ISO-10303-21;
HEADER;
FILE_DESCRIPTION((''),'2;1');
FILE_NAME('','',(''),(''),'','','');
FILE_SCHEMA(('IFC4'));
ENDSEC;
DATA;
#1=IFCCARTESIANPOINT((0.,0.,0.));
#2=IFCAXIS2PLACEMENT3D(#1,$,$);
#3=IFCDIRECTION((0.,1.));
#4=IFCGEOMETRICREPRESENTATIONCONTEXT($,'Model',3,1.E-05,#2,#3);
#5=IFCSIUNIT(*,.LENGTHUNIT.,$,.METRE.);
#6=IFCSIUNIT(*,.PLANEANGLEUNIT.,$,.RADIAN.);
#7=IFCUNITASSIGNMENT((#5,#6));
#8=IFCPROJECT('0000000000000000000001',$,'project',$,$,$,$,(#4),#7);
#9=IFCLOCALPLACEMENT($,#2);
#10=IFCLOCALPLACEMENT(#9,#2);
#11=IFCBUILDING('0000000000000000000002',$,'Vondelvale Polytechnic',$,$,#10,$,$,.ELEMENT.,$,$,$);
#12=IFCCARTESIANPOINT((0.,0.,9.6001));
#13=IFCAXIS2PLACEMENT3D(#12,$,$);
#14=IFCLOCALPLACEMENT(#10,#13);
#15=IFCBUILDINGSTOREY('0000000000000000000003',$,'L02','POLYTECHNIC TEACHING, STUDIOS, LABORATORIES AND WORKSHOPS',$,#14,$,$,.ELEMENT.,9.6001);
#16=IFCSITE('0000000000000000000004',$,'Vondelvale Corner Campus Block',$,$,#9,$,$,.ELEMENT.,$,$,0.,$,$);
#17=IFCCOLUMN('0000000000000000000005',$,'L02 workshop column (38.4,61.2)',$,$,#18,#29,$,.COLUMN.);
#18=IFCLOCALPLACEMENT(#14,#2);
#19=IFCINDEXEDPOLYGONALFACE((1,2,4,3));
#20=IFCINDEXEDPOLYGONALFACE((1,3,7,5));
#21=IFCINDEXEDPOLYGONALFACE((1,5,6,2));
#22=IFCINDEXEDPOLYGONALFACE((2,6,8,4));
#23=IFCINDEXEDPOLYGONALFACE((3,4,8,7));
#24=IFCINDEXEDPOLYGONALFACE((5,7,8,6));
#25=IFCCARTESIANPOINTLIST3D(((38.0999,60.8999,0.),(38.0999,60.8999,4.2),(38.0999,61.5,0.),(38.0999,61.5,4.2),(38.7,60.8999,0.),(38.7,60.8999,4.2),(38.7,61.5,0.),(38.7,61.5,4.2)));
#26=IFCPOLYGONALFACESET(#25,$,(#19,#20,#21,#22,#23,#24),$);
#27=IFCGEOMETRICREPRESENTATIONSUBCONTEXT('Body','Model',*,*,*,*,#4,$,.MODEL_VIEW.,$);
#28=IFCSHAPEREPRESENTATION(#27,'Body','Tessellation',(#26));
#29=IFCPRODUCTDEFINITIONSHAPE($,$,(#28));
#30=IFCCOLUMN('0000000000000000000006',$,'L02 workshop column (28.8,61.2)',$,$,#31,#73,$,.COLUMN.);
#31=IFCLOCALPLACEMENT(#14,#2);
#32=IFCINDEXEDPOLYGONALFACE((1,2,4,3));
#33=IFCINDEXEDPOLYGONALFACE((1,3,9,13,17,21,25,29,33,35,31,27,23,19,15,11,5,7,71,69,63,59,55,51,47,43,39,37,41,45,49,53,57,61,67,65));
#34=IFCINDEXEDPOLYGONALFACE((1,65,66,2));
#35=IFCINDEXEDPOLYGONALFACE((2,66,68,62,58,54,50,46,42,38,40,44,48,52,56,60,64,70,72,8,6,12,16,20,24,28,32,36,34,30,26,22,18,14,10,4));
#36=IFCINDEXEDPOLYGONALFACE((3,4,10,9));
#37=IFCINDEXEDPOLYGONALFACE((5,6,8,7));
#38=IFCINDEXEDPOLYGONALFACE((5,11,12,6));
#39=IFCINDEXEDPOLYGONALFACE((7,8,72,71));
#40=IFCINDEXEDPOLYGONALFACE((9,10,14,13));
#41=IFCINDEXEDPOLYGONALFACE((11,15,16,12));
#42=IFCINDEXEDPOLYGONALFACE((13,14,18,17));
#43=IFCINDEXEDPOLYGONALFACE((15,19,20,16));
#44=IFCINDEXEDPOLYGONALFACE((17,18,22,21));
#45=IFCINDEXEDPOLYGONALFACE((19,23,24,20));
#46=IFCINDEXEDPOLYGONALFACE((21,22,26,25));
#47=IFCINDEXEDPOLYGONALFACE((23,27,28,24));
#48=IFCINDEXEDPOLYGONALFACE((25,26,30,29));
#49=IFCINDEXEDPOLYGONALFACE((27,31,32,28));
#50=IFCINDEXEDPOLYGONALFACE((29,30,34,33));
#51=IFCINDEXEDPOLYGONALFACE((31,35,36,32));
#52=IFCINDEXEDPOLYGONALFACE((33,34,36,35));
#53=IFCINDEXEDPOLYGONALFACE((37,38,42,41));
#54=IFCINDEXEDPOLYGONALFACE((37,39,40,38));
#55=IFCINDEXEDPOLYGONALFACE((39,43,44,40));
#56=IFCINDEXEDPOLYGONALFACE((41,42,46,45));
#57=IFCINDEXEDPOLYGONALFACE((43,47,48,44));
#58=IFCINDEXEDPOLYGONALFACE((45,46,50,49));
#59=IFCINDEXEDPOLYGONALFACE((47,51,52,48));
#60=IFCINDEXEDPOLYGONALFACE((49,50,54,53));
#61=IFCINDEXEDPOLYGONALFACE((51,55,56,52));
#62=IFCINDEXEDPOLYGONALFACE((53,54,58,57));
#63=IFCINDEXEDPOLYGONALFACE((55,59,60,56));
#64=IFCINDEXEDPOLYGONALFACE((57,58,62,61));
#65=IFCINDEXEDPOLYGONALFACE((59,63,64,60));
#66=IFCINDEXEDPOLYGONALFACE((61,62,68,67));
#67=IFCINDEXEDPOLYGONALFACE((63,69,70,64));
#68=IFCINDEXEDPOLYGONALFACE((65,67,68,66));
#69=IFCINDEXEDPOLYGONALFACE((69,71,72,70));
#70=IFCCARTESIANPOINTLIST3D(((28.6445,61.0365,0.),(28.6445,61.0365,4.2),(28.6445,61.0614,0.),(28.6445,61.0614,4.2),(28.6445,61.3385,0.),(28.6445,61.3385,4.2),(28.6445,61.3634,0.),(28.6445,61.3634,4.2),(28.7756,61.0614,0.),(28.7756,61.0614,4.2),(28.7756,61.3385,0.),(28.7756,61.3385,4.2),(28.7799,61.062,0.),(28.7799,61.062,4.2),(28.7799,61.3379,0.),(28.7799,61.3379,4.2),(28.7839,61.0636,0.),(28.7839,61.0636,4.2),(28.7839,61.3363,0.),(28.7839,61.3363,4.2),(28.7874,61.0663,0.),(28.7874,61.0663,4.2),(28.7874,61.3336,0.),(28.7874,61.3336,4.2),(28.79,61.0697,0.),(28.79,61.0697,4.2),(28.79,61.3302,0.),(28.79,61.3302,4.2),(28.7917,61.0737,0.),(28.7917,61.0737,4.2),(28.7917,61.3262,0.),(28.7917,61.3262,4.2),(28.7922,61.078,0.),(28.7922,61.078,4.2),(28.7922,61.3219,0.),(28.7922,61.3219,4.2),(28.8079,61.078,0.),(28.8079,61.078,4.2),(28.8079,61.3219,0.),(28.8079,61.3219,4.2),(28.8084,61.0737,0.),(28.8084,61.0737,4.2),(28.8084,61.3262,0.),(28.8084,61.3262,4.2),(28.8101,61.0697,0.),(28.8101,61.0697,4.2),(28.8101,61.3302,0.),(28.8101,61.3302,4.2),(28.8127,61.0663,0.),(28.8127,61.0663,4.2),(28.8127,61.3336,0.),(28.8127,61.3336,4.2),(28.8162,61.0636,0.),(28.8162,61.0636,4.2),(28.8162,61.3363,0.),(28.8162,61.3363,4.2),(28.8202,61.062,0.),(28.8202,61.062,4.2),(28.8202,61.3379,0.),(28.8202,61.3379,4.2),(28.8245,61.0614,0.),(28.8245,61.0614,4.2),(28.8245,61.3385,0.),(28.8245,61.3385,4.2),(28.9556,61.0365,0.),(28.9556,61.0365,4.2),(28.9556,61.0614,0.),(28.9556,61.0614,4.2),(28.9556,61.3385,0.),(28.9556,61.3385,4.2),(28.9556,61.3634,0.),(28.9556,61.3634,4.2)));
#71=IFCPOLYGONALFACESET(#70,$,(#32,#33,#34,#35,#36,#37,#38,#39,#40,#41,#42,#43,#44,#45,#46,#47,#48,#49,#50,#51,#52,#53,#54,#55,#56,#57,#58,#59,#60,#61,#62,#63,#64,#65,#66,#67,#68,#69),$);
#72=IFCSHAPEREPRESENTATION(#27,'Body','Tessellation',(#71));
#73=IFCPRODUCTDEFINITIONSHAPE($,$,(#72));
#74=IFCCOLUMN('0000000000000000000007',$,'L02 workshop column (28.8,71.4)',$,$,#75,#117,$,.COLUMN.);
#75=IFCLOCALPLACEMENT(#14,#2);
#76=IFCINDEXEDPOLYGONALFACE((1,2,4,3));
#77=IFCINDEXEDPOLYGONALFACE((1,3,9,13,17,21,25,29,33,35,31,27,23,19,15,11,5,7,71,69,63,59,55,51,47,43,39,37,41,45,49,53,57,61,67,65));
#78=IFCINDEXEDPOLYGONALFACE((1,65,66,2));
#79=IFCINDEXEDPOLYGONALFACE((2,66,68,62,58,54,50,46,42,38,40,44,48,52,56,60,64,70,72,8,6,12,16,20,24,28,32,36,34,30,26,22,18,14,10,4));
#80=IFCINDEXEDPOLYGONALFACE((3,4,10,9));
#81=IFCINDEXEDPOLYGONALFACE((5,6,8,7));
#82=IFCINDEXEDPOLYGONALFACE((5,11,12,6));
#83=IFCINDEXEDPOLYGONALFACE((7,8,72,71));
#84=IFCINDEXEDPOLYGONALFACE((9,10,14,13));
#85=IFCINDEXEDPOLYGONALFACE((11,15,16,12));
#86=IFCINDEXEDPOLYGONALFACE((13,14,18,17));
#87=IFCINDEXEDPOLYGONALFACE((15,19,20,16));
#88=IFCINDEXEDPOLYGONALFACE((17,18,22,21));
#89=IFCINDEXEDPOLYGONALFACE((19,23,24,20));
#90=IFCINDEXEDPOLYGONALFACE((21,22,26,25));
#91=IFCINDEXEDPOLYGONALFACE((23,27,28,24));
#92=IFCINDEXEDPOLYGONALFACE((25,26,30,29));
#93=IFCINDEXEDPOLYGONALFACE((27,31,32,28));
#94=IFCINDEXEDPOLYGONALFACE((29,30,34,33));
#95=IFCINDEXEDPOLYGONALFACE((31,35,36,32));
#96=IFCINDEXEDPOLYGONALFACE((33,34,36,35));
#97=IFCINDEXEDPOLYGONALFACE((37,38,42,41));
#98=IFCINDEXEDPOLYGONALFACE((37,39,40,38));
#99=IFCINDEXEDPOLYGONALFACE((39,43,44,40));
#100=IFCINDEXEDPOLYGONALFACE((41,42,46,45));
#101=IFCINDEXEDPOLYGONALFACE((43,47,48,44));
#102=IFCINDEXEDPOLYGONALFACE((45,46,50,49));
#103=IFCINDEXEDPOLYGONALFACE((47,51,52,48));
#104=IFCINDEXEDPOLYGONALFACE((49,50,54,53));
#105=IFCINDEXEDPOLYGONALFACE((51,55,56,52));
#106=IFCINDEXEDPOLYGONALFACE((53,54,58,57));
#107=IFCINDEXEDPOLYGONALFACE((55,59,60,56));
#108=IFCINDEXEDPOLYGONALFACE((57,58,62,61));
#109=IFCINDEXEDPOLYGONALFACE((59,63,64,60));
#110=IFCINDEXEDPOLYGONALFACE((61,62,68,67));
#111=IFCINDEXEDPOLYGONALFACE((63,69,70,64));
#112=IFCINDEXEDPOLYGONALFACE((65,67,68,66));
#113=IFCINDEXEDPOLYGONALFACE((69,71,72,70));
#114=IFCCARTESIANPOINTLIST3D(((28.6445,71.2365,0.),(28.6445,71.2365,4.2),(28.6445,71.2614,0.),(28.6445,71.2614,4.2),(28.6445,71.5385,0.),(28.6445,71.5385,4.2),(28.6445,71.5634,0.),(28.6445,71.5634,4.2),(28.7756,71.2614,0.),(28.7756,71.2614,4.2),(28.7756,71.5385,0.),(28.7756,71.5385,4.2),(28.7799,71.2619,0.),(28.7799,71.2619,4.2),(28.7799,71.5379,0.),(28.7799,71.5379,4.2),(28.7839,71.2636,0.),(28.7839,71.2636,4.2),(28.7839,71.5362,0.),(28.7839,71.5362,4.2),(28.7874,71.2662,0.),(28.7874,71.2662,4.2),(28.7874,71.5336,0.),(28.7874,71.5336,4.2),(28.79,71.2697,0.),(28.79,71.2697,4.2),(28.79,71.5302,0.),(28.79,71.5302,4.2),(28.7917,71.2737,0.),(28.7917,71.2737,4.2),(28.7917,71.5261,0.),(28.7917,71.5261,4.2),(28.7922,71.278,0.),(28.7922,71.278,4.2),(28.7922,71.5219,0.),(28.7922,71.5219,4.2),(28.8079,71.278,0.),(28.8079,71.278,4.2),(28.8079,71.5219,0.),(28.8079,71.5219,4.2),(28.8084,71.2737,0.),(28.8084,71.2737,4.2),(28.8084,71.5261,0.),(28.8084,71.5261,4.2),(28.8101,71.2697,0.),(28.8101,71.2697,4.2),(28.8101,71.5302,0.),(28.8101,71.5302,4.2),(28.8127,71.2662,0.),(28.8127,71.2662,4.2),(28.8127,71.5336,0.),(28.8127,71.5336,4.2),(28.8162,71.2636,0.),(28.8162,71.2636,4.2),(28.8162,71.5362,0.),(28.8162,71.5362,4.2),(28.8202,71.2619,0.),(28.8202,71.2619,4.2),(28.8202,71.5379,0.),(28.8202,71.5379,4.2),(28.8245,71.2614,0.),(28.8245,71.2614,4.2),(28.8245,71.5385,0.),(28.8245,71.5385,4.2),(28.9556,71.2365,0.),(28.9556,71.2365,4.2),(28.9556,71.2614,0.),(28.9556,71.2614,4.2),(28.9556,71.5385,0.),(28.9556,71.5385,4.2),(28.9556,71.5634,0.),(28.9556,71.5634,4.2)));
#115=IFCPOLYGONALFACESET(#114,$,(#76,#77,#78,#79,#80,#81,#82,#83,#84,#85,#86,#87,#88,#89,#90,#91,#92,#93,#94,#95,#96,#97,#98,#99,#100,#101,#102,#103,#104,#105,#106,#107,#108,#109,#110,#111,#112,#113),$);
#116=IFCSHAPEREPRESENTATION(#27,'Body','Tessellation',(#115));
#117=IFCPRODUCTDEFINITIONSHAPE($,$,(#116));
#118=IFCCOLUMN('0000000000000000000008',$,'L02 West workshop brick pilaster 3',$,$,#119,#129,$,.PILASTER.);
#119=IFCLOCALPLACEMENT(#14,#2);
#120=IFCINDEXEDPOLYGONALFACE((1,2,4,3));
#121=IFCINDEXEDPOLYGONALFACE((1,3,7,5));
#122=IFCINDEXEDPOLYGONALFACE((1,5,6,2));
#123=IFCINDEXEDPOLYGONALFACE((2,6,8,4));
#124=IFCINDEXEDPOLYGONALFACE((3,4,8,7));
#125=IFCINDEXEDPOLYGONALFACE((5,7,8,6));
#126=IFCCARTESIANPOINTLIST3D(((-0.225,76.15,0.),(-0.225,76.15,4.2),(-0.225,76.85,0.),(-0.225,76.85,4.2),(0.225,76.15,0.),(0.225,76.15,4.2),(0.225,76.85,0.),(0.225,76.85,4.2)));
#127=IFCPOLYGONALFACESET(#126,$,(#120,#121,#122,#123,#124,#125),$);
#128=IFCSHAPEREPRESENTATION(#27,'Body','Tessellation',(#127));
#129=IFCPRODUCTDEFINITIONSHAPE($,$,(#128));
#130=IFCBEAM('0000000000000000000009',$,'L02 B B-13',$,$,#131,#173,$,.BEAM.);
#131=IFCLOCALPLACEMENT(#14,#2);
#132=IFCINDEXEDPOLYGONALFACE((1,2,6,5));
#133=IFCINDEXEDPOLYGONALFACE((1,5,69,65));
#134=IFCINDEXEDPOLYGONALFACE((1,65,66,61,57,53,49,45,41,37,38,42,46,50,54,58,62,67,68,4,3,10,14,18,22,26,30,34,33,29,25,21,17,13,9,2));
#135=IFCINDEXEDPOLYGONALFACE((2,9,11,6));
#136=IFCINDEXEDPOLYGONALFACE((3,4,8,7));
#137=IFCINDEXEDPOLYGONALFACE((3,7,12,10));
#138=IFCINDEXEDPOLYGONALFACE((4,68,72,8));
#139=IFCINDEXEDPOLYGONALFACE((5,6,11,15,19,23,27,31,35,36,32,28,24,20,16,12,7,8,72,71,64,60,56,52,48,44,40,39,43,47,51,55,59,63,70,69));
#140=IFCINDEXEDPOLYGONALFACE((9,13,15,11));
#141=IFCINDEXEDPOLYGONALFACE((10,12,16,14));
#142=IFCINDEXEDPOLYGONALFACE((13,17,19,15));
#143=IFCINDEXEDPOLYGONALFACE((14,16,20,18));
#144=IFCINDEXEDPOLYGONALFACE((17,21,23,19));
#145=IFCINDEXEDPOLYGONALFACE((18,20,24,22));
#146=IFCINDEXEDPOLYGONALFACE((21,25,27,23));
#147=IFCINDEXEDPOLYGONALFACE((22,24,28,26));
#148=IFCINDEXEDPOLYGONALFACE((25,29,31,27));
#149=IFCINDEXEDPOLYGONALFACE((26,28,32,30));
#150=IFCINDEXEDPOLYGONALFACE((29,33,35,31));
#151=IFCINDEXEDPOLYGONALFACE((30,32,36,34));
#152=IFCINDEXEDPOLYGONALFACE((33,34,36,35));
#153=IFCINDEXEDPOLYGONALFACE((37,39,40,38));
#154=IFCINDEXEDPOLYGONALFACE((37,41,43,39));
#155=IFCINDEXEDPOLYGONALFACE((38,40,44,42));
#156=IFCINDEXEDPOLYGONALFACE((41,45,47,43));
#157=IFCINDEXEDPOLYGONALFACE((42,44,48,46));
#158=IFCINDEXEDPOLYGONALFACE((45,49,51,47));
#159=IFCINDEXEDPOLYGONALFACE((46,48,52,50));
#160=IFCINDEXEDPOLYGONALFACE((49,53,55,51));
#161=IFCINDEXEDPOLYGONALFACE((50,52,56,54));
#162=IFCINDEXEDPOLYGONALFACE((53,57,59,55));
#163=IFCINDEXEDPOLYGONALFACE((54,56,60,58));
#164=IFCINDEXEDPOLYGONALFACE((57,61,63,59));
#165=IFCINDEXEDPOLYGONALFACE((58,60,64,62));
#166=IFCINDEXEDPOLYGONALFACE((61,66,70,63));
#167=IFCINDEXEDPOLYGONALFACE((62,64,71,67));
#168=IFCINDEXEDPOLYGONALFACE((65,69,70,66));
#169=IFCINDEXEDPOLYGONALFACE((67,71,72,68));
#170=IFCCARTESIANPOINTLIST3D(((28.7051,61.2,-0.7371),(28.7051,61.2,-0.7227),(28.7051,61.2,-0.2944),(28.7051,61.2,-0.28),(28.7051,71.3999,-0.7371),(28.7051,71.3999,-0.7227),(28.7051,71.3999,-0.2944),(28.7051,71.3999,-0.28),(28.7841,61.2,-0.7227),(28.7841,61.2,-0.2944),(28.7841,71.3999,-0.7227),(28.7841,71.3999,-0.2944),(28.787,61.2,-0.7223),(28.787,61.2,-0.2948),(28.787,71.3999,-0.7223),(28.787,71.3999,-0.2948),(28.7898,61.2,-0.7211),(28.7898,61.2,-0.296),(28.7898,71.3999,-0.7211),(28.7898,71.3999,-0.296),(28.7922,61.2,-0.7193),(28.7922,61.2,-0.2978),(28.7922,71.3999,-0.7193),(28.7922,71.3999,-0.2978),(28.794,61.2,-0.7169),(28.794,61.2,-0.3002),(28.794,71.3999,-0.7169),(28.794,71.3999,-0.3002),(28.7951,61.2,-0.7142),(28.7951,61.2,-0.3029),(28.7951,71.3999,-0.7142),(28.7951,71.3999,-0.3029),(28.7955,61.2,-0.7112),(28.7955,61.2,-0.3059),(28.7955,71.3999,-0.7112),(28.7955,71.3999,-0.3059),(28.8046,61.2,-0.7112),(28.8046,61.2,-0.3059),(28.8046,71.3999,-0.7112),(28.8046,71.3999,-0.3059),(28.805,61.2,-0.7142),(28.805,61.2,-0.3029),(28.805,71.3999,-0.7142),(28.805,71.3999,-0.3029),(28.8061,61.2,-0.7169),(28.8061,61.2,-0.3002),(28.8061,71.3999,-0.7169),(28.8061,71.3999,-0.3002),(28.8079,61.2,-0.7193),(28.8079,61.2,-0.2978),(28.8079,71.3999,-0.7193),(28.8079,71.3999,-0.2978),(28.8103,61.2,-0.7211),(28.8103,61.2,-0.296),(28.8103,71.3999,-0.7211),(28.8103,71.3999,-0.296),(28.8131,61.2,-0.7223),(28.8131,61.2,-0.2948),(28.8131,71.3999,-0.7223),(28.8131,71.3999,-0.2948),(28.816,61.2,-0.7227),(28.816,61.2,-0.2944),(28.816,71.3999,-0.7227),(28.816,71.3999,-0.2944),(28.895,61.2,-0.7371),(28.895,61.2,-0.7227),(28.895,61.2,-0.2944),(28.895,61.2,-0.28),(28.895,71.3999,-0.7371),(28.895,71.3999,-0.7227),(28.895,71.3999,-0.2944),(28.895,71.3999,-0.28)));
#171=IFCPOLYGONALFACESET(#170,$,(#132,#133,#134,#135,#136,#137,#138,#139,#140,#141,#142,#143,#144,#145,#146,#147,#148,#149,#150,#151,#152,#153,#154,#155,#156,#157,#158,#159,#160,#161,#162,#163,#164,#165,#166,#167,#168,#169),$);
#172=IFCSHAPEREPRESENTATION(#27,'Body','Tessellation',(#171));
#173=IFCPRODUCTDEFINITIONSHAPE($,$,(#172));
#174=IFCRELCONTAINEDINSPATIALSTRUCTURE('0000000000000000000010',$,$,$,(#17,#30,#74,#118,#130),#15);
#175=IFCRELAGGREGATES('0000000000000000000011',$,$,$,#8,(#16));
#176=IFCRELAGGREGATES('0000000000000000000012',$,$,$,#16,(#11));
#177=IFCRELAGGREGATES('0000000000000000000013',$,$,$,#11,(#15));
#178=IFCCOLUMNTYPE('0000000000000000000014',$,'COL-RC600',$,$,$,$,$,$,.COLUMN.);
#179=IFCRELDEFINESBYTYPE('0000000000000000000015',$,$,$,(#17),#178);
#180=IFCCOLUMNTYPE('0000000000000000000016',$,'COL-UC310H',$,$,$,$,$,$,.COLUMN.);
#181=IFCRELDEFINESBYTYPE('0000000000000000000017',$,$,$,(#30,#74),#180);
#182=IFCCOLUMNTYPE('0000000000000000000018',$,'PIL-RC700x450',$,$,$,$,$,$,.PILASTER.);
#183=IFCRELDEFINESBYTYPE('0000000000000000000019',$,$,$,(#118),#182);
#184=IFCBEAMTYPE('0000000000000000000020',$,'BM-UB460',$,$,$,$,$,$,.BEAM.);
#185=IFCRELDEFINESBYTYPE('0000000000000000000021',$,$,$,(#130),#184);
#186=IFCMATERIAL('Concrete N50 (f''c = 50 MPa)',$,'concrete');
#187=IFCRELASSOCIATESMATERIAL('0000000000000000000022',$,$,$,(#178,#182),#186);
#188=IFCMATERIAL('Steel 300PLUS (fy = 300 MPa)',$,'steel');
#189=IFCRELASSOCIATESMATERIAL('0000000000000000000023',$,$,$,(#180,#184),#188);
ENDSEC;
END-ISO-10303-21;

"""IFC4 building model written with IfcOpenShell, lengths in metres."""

from ifc_helpers import new_model, si_unit, direction, frame, origin, origin_2d, place, context, subcontext, project, spatial, rectangle, i_section, extrude, material, material_profile, profile_set, type_object, element, save


model = new_model("IFC4")

# Units and contexts
model_context = context("Model", 3, precision=1e-05, world=origin(), true_north=direction((0.0, 1.0)))
body_context = subcontext(model_context, "Body", "Model", "MODEL_VIEW")
ifc_project = project(units=[si_unit("LENGTHUNIT", "METRE"), si_unit("PLANEANGLEUNIT", "RADIAN")], contexts=[model_context])

# Site, building, storey
site_placement = place(None, origin())
site = spatial("IfcSite", under=ifc_project, at=site_placement, Name="Vondelvale Corner Campus Block", CompositionType="ELEMENT", RefElevation=0.0)
building_placement = place(site_placement, origin())
building = spatial("IfcBuilding", under=site, at=building_placement, Name="Vondelvale Polytechnic", CompositionType="ELEMENT")
storey_placement = place(building_placement, frame((0.0, 0.0, 9.6001)))
storey = spatial("IfcBuildingStorey", under=building, at=storey_placement, Name="L02", Description="POLYTECHNIC TEACHING, STUDIOS, LABORATORIES AND WORKSHOPS", CompositionType="ELEMENT", Elevation=9.6001)

# Columns
ifc_material_1 = material(Name="Concrete N50 (f'c = 50 MPa)", Category="concrete")
ifc_material_profile_1 = material_profile(ifc_material_1, rectangle(XDim=0.6001, YDim=0.6001, at=origin_2d()), Name="RC-COL-600x600")
ifc_profile_set_1 = profile_set([ifc_material_profile_1], Name="Concrete N50 (f'c = 50 MPa)")
column_type_1 = type_object("IfcColumnType", Name="COL-RC600", PredefinedType="COLUMN", material=ifc_profile_set_1)
column_1_placement = place(storey_placement, frame((38.3999, 61.2, 0.0), z_axis=(0.0, 0.0, 1.0), x_axis=(1.0, 0.0, 0.0)))
element("IfcColumn", 1, at=column_1_placement, inside=storey, type_object=column_type_1, Name="L02 workshop column (38.4,61.2)", PredefinedType="COLUMN", context=body_context, shape_type="SweptSolid", body=[
    extrude(rectangle(XDim=0.6001, YDim=0.6001, at=origin_2d()), origin(), (0.0, 0.0, 1.0), 4.2),
])
ifc_material_2 = material(Name="Steel 300PLUS (fy = 300 MPa)", Category="steel")
ifc_material_profile_2 = material_profile(ifc_material_2, i_section(OverallWidth=0.311, OverallDepth=0.3269, WebThickness=0.0156, FlangeThickness=0.0249, FilletRadius=0.0166, at=origin_2d()), Name="310UC158")
ifc_profile_set_2 = profile_set([ifc_material_profile_2], Name="Steel 300PLUS (fy = 300 MPa)")
column_type_2 = type_object("IfcColumnType", Name="COL-UC310H", PredefinedType="COLUMN", material=ifc_profile_set_2)
for number, where, z_axis, x_axis, name in (
    (2, (28.8, 61.2, 0.0), (0.0, 0.0, 1.0), (1.0, 0.0, 0.0), "L02 workshop column (28.8,61.2)"),
    (3, (28.8, 71.3999, 0.0), (0.0, 0.0, 1.0), (1.0, 0.0, 0.0), "L02 workshop column (28.8,71.4)"),
):
    element("IfcColumn", number, at=place(storey_placement, frame(where, z_axis=z_axis, x_axis=x_axis)), inside=storey, type_object=column_type_2, Name=name, PredefinedType="COLUMN", context=body_context, shape_type="SweptSolid", body=[
        extrude(i_section(OverallWidth=0.311, OverallDepth=0.3269, WebThickness=0.0156, FlangeThickness=0.0249, FilletRadius=0.0166, at=origin_2d()), origin(), (0.0, 0.0, 1.0), 4.2),
    ])
ifc_material_profile_3 = material_profile(ifc_material_1, rectangle(XDim=0.45, YDim=0.7, at=origin_2d()), Name="RC-PIL-700x450")
ifc_profile_set_3 = profile_set([ifc_material_profile_3], Name="Concrete N50 (f'c = 50 MPa)")
column_type_3 = type_object("IfcColumnType", Name="PIL-RC700x450", PredefinedType="PILASTER", material=ifc_profile_set_3)
column_2_placement = place(storey_placement, frame((0.0, 76.5, 0.0), z_axis=(0.0, 0.0, 1.0), x_axis=(1.0, 0.0, 0.0)))
element("IfcColumn", 4, at=column_2_placement, inside=storey, type_object=column_type_3, Name="L02 West workshop brick pilaster 3", PredefinedType="PILASTER", context=body_context, shape_type="SweptSolid", body=[
    extrude(rectangle(XDim=0.45, YDim=0.7, at=origin_2d()), origin(), (0.0, 0.0, 1.0), 4.2),
])

# Beam
ifc_material_profile_4 = material_profile(ifc_material_2, i_section(OverallWidth=0.1899, OverallDepth=0.457, WebThickness=0.009, FlangeThickness=0.0144, FilletRadius=0.0115, at=origin_2d()), Name="460UB74.6")
ifc_profile_set_4 = profile_set([ifc_material_profile_4], Name="Steel 300PLUS (fy = 300 MPa)")
beam_type_1 = type_object("IfcBeamType", Name="BM-UB460", PredefinedType="BEAM", material=ifc_profile_set_4)
beam_1_placement = place(storey_placement, frame((28.8, 61.2, -0.5085), z_axis=(0.0, 1.0, 0.0), x_axis=(-1.0, 0.0, 0.0)))
element("IfcBeam", 5, at=beam_1_placement, inside=storey, type_object=beam_type_1, Name="L02 B B-13", PredefinedType="BEAM", context=body_context, shape_type="SweptSolid", body=[
    extrude(i_section(OverallWidth=0.1899, OverallDepth=0.457, WebThickness=0.009, FlangeThickness=0.0144, FilletRadius=0.0115, at=origin_2d()), origin(), (0.0, 0.0, 1.0), 10.2),
])

save(model, "model.ifc")
